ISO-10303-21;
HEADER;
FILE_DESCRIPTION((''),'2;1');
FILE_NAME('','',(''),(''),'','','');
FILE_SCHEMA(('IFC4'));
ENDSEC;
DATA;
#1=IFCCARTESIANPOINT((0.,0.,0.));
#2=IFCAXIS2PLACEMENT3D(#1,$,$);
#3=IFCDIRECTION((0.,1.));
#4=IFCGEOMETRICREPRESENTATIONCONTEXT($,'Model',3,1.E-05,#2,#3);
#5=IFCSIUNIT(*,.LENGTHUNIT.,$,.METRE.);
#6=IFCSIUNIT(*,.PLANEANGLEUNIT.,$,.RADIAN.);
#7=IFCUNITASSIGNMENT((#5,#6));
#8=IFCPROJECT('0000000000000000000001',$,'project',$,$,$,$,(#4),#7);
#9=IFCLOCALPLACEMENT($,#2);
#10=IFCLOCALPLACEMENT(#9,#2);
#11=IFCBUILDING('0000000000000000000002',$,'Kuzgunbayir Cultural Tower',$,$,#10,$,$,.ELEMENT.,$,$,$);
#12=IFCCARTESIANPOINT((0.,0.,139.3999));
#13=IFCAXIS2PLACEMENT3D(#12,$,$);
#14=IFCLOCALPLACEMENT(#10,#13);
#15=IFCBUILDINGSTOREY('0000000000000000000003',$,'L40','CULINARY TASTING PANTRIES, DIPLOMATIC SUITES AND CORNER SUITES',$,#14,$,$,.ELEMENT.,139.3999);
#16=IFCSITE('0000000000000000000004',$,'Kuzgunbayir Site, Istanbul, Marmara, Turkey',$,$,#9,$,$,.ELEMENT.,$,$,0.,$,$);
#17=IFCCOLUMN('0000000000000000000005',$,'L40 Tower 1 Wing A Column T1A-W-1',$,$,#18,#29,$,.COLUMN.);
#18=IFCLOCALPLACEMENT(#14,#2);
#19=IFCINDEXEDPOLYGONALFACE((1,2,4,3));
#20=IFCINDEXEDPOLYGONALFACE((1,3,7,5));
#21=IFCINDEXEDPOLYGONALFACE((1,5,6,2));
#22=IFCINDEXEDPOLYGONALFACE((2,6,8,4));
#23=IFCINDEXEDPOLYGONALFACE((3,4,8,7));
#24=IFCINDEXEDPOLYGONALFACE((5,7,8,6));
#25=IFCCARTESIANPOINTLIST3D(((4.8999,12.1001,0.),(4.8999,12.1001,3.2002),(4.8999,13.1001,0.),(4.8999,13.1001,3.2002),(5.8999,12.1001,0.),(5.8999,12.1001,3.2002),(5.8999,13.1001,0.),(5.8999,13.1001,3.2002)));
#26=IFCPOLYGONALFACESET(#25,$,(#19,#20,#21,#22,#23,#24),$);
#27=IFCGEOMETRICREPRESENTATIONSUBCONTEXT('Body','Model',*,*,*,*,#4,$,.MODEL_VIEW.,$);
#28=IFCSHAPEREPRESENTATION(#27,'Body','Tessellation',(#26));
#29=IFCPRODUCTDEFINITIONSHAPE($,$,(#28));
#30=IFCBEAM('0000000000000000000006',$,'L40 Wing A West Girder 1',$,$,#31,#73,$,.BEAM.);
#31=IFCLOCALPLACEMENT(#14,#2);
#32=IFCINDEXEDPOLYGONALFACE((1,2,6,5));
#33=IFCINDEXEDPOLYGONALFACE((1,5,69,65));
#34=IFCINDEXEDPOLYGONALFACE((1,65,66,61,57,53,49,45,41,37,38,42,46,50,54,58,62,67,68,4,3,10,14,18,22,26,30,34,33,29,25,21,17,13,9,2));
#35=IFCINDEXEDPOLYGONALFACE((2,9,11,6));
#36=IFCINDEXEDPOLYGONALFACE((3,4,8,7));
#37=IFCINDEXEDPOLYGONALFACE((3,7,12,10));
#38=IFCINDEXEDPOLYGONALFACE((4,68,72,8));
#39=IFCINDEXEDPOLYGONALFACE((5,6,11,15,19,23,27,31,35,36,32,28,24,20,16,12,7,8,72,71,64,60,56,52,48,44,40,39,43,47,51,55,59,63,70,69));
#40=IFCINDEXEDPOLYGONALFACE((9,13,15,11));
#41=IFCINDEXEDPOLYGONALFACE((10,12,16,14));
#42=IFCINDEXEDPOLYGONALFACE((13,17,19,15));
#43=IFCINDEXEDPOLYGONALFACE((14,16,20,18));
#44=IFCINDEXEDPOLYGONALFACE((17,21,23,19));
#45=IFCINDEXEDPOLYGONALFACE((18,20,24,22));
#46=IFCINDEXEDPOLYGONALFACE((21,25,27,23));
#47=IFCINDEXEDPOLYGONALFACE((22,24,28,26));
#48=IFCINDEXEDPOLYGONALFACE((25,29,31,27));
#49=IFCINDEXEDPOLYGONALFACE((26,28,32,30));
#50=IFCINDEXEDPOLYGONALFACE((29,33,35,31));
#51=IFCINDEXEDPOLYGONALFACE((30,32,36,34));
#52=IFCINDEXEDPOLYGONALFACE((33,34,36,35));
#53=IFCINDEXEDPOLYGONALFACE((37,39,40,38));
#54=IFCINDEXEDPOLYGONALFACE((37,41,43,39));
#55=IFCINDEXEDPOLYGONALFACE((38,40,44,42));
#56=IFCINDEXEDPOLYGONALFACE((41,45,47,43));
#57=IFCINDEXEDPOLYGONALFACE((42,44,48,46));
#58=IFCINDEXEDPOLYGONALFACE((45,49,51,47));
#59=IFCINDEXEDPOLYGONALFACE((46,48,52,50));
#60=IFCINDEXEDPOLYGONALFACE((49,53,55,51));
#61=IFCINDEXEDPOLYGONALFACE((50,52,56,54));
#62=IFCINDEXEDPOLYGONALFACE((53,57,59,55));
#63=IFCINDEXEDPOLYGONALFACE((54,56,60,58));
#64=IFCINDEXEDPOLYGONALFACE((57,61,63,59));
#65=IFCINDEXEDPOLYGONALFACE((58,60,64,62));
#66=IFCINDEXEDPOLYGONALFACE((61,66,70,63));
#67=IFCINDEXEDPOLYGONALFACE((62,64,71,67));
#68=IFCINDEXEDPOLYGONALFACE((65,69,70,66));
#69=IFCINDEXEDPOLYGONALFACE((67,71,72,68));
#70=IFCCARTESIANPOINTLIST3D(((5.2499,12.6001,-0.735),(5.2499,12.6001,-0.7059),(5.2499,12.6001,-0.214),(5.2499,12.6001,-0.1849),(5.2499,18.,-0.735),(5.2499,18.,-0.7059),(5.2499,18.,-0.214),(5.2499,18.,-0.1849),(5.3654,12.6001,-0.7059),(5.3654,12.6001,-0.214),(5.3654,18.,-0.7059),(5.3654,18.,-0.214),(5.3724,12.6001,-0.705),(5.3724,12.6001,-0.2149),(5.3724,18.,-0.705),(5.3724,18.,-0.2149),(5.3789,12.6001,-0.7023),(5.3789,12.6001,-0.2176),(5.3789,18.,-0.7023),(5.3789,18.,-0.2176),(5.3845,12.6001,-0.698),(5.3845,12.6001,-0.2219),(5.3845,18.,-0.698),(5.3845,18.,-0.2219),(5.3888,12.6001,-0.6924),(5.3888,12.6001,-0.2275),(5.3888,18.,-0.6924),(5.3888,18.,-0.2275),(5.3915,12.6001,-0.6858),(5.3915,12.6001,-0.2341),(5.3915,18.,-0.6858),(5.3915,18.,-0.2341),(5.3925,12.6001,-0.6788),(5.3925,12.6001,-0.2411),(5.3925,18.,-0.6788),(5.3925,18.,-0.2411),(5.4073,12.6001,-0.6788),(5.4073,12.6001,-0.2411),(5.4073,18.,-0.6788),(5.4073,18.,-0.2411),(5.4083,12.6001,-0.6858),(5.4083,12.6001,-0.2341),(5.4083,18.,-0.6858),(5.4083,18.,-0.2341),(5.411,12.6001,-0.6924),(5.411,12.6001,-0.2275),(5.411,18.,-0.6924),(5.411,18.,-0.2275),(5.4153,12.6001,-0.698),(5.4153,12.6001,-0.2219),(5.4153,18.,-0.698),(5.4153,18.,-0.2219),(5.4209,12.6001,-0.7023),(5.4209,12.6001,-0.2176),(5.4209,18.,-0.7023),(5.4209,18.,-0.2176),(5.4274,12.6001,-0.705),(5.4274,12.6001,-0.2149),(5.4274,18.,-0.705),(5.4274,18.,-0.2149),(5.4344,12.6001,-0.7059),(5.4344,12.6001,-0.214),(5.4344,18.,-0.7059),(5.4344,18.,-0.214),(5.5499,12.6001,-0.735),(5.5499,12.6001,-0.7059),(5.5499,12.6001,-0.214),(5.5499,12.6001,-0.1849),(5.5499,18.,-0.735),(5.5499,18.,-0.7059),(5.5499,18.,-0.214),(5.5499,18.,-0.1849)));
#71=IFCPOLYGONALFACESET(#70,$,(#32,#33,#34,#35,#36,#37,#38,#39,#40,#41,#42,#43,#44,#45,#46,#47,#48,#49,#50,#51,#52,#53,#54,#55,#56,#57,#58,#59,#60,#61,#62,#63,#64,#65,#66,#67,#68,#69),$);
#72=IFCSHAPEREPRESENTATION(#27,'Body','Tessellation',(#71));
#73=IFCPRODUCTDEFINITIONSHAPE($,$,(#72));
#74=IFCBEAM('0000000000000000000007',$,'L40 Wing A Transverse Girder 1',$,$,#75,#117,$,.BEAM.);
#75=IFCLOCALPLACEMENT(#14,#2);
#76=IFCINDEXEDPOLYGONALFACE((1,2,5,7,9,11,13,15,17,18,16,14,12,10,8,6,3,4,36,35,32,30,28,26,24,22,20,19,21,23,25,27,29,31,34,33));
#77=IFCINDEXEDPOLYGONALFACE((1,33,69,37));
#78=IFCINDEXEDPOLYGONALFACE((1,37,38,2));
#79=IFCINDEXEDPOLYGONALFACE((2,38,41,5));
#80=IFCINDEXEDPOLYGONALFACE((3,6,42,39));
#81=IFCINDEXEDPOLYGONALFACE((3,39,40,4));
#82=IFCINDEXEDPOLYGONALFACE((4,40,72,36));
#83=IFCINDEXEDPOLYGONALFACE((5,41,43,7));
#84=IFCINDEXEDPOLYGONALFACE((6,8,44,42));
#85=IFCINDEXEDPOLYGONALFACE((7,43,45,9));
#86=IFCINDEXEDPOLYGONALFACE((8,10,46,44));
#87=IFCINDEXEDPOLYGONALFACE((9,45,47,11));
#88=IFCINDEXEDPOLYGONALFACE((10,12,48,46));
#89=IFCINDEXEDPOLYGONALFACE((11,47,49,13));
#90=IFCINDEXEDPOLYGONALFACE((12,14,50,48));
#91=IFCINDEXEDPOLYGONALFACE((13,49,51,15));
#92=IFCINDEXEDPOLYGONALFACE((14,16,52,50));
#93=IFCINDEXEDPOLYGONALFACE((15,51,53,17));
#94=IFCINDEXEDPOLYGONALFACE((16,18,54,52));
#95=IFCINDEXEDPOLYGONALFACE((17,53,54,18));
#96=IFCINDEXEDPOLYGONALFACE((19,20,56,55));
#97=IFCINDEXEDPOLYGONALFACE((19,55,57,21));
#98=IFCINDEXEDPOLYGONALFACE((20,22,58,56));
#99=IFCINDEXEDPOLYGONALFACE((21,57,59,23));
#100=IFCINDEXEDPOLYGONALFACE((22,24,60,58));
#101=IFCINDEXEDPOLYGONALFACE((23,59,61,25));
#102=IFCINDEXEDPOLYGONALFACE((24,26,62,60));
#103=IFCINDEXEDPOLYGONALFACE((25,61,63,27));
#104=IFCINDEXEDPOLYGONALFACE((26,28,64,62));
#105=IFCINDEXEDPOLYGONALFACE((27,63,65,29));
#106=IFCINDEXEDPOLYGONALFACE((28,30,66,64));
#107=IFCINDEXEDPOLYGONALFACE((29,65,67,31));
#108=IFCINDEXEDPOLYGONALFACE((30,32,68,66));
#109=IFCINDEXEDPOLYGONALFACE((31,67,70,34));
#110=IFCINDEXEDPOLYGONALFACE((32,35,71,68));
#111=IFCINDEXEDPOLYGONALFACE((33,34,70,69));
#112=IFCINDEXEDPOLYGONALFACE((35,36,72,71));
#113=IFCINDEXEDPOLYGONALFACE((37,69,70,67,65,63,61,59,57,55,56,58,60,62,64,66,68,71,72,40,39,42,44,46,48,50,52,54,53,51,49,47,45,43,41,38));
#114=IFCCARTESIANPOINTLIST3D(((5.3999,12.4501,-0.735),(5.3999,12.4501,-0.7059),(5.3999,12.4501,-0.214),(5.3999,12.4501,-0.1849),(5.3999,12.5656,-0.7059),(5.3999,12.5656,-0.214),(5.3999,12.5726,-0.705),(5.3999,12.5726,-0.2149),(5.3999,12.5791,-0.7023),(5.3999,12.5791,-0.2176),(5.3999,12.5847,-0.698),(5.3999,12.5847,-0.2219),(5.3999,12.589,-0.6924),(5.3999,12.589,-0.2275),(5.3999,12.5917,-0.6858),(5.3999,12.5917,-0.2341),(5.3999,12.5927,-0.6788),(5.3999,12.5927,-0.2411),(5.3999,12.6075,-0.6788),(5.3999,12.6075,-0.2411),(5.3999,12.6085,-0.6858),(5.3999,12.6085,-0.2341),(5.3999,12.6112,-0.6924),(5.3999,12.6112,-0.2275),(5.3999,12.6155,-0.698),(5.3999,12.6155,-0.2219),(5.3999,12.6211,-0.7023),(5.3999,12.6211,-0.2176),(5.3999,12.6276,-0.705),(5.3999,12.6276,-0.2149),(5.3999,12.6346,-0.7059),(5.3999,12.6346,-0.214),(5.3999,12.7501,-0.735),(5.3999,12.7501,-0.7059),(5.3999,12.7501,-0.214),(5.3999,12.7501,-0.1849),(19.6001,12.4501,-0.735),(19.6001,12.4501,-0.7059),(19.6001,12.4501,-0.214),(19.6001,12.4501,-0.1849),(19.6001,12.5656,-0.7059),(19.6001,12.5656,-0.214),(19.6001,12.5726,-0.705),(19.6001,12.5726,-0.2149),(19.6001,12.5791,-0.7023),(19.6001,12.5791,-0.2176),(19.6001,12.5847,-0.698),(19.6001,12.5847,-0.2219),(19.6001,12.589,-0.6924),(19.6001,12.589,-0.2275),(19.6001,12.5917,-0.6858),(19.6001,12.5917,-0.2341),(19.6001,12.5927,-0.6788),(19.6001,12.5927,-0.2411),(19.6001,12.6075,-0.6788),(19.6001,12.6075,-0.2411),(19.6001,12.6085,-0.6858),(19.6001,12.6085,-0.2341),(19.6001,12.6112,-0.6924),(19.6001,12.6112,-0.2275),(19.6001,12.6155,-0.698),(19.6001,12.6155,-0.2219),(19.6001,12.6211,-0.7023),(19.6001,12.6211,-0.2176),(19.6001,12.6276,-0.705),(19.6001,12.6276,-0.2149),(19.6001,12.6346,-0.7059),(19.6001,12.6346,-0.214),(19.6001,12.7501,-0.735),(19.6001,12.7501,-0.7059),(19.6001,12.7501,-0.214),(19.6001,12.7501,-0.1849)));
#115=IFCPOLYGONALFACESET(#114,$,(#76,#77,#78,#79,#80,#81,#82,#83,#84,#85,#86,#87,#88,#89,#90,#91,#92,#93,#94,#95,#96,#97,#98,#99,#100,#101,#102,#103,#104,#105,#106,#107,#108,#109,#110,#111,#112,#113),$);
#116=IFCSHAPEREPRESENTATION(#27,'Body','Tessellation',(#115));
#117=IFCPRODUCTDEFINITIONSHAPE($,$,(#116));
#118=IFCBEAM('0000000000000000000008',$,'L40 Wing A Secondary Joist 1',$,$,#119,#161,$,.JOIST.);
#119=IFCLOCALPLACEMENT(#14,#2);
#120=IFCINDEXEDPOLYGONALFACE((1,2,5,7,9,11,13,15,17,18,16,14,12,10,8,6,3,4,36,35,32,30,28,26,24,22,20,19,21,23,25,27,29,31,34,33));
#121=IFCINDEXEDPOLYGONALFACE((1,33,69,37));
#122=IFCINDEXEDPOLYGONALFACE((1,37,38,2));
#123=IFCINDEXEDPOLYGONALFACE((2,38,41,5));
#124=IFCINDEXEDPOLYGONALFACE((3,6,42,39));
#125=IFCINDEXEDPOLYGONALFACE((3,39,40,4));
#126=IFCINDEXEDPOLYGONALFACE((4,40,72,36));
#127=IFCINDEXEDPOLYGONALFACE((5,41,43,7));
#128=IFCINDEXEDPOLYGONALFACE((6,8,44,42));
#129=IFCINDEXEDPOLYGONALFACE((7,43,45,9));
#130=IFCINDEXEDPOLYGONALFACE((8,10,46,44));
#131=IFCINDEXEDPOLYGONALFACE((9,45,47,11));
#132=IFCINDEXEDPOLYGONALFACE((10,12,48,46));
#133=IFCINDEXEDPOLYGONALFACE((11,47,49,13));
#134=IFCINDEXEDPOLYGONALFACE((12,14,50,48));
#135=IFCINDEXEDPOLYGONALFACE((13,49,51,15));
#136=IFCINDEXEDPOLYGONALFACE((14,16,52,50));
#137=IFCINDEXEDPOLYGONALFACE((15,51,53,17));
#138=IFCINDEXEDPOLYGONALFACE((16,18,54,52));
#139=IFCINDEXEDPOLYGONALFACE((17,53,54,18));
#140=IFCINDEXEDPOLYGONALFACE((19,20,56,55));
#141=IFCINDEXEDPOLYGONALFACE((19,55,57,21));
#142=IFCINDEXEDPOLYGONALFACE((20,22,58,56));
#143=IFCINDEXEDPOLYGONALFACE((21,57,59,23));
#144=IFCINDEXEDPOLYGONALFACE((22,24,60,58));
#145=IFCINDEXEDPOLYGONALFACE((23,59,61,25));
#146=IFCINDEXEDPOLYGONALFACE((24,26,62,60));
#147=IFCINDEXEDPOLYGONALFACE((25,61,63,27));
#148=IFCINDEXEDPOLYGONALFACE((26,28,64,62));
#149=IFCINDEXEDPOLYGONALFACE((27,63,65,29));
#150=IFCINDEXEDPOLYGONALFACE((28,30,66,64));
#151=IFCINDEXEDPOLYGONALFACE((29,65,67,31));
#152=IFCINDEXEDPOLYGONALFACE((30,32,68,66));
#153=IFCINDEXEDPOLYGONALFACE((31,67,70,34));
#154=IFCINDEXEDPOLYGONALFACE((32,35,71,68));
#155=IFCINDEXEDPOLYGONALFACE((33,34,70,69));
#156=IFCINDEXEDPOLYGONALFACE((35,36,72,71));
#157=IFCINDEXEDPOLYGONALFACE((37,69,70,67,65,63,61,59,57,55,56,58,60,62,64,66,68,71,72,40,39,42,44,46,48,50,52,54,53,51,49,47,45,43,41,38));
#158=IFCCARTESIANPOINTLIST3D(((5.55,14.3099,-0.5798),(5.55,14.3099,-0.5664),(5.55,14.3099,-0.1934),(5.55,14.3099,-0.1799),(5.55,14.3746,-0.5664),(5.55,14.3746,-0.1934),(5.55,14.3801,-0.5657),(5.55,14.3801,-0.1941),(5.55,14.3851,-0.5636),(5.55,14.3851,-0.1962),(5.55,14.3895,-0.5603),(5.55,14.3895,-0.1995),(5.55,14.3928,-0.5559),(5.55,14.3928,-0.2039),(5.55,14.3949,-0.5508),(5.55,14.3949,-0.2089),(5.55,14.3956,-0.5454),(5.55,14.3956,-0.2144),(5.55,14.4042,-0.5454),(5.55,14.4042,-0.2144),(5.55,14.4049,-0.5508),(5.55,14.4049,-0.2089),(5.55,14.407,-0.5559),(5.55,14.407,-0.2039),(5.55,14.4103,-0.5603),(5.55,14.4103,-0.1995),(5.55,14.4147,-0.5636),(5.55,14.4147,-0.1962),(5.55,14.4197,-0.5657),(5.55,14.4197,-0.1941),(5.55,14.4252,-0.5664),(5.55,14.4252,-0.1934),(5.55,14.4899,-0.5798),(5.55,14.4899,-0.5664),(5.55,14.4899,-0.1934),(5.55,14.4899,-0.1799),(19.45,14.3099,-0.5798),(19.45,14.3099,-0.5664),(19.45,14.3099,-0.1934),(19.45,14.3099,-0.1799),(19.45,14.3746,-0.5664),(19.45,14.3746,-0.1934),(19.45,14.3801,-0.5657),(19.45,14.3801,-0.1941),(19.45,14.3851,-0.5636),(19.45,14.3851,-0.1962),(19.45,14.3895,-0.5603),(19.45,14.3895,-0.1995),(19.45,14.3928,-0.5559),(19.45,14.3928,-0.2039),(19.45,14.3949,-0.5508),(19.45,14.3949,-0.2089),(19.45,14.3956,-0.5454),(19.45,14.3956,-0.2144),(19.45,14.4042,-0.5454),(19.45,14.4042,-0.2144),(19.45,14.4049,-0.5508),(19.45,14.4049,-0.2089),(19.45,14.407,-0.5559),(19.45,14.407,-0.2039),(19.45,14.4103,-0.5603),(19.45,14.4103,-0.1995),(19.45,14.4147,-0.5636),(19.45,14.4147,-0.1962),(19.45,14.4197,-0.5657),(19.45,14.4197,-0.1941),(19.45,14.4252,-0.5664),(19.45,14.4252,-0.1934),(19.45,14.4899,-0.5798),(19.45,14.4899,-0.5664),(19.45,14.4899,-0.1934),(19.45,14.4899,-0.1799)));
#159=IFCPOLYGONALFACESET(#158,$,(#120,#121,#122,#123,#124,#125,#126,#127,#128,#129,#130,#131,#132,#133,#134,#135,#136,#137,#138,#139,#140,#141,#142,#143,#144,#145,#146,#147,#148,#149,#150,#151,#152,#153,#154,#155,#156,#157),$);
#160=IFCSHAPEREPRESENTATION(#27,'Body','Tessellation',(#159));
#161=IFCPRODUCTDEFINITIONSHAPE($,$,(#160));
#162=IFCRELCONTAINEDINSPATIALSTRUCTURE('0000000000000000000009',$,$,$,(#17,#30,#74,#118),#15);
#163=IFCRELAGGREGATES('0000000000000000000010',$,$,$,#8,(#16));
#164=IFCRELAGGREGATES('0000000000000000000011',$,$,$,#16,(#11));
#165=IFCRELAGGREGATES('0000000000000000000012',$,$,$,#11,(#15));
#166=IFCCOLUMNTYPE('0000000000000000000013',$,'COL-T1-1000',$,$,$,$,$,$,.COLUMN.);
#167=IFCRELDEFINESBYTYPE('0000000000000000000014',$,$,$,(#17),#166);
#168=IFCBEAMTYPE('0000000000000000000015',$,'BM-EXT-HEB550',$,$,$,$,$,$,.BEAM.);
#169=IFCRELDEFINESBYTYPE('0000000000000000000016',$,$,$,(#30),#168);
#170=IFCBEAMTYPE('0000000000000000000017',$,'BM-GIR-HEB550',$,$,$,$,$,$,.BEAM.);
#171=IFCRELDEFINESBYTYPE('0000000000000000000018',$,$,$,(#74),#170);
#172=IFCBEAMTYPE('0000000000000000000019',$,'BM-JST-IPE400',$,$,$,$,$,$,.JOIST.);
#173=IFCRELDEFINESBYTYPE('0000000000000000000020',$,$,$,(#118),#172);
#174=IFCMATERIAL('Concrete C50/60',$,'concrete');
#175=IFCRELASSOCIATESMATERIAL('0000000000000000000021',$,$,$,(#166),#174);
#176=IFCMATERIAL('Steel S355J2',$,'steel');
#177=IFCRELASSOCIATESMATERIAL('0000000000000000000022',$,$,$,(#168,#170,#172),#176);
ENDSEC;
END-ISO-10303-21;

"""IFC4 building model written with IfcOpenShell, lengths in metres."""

from ifc_helpers import new_model, si_unit, direction, frame, origin, origin_2d, place, context, subcontext, project, spatial, rectangle, i_section, extrude, material, material_profile, profile_set, type_object, element, save


model = new_model("IFC4")

# Units and contexts
model_context = context("Model", 3, precision=1e-05, world=origin(), true_north=direction((0.0, 1.0)))
body_context = subcontext(model_context, "Body", "Model", "MODEL_VIEW")
ifc_project = project(units=[si_unit("LENGTHUNIT", "METRE"), si_unit("PLANEANGLEUNIT", "RADIAN")], contexts=[model_context])

# Site, building, storey
site_placement = place(None, origin())
site = spatial("IfcSite", under=ifc_project, at=site_placement, Name="Kuzgunbayir Site, Istanbul, Marmara, Turkey", CompositionType="ELEMENT", RefElevation=0.0)
building_placement = place(site_placement, origin())
building = spatial("IfcBuilding", under=site, at=building_placement, Name="Kuzgunbayir Cultural Tower", CompositionType="ELEMENT")
storey_placement = place(building_placement, frame((0.0, 0.0, 139.3999)))
storey = spatial("IfcBuildingStorey", under=building, at=storey_placement, Name="L40", Description="CULINARY TASTING PANTRIES, DIPLOMATIC SUITES AND CORNER SUITES", CompositionType="ELEMENT", Elevation=139.3999)

# Column
ifc_material_1 = material(Name="Concrete C50/60", Category="concrete")
ifc_material_profile_1 = material_profile(ifc_material_1, rectangle(XDim=1.0, YDim=1.0, at=origin_2d()), Name="RC 1000x1000")
ifc_profile_set_1 = profile_set([ifc_material_profile_1], Name="Concrete C50/60")
column_type = type_object("IfcColumnType", Name="COL-T1-1000", PredefinedType="COLUMN", material=ifc_profile_set_1)
column_placement = place(storey_placement, frame((5.3999, 12.6001, 0.0), z_axis=(0.0, 0.0, 1.0), x_axis=(1.0, 0.0, 0.0)))
element("IfcColumn", 1, at=column_placement, inside=storey, type_object=column_type, Name="L40 Tower 1 Wing A Column T1A-W-1", PredefinedType="COLUMN", context=body_context, shape_type="SweptSolid", body=[
    extrude(rectangle(XDim=1.0, YDim=1.0, at=origin_2d()), origin(), (0.0, 0.0, 1.0), 3.2002),
])

# Beams
ifc_material_2 = material(Name="Steel S355J2", Category="steel")
ifc_material_profile_2 = material_profile(ifc_material_2, i_section(OverallWidth=0.3, OverallDepth=0.55, WebThickness=0.0149, FlangeThickness=0.0291, FilletRadius=0.0271, at=origin_2d()), Name="HEB 550")
ifc_profile_set_2 = profile_set([ifc_material_profile_2], Name="Steel S355J2")
beam_type_1 = type_object("IfcBeamType", Name="BM-EXT-HEB550", PredefinedType="BEAM", material=ifc_profile_set_2)
beam_1_placement = place(storey_placement, frame((5.3999, 12.6001, -0.46), z_axis=(0.0, 1.0, 0.0), x_axis=(-1.0, 0.0, 0.0)))
element("IfcBeam", 2, at=beam_1_placement, inside=storey, type_object=beam_type_1, Name="L40 Wing A West Girder 1", PredefinedType="BEAM", context=body_context, shape_type="SweptSolid", body=[
    extrude(i_section(OverallWidth=0.3, OverallDepth=0.55, WebThickness=0.0149, FlangeThickness=0.0291, FilletRadius=0.0271, at=origin_2d()), origin(), (0.0, 0.0, 1.0), 5.3999),
])
ifc_material_profile_3 = material_profile(ifc_material_2, i_section(OverallWidth=0.3, OverallDepth=0.55, WebThickness=0.0149, FlangeThickness=0.0291, FilletRadius=0.0271, at=origin_2d()), Name="HEB 550")
ifc_profile_set_3 = profile_set([ifc_material_profile_3], Name="Steel S355J2")
beam_type_2 = type_object("IfcBeamType", Name="BM-GIR-HEB550", PredefinedType="BEAM", material=ifc_profile_set_3)
beam_2_placement = place(storey_placement, frame((5.3999, 12.6001, -0.46), z_axis=(1.0, 0.0, 0.0), x_axis=(0.0, 1.0, 0.0)))
element("IfcBeam", 3, at=beam_2_placement, inside=storey, type_object=beam_type_2, Name="L40 Wing A Transverse Girder 1", PredefinedType="BEAM", context=body_context, shape_type="SweptSolid", body=[
    extrude(i_section(OverallWidth=0.3, OverallDepth=0.55, WebThickness=0.0149, FlangeThickness=0.0291, FilletRadius=0.0271, at=origin_2d()), origin(), (0.0, 0.0, 1.0), 14.2002),
])
ifc_material_profile_4 = material_profile(ifc_material_2, i_section(OverallWidth=0.1799, OverallDepth=0.3999, WebThickness=0.0085, FlangeThickness=0.0134, FilletRadius=0.021, at=origin_2d()), Name="IPE 400")
ifc_profile_set_4 = profile_set([ifc_material_profile_4], Name="Steel S355J2")
beam_type_3 = type_object("IfcBeamType", Name="BM-JST-IPE400", PredefinedType="JOIST", material=ifc_profile_set_4)
for number, where, z_axis, x_axis, name in (
    (4, (5.55, 14.3999, -0.3799), (1.0, 0.0, 0.0), (0.0, 1.0, 0.0), "L40 Wing A Secondary Joist 1"),
):
    element("IfcBeam", number, at=place(storey_placement, frame(where, z_axis=z_axis, x_axis=x_axis)), inside=storey, type_object=beam_type_3, Name=name, PredefinedType="JOIST", context=body_context, shape_type="SweptSolid", body=[
        extrude(i_section(OverallWidth=0.1799, OverallDepth=0.3999, WebThickness=0.0085, FlangeThickness=0.0134, FilletRadius=0.021, at=origin_2d()), origin(), (0.0, 0.0, 1.0), 13.8999),
    ])

save(model, "model.ifc")
